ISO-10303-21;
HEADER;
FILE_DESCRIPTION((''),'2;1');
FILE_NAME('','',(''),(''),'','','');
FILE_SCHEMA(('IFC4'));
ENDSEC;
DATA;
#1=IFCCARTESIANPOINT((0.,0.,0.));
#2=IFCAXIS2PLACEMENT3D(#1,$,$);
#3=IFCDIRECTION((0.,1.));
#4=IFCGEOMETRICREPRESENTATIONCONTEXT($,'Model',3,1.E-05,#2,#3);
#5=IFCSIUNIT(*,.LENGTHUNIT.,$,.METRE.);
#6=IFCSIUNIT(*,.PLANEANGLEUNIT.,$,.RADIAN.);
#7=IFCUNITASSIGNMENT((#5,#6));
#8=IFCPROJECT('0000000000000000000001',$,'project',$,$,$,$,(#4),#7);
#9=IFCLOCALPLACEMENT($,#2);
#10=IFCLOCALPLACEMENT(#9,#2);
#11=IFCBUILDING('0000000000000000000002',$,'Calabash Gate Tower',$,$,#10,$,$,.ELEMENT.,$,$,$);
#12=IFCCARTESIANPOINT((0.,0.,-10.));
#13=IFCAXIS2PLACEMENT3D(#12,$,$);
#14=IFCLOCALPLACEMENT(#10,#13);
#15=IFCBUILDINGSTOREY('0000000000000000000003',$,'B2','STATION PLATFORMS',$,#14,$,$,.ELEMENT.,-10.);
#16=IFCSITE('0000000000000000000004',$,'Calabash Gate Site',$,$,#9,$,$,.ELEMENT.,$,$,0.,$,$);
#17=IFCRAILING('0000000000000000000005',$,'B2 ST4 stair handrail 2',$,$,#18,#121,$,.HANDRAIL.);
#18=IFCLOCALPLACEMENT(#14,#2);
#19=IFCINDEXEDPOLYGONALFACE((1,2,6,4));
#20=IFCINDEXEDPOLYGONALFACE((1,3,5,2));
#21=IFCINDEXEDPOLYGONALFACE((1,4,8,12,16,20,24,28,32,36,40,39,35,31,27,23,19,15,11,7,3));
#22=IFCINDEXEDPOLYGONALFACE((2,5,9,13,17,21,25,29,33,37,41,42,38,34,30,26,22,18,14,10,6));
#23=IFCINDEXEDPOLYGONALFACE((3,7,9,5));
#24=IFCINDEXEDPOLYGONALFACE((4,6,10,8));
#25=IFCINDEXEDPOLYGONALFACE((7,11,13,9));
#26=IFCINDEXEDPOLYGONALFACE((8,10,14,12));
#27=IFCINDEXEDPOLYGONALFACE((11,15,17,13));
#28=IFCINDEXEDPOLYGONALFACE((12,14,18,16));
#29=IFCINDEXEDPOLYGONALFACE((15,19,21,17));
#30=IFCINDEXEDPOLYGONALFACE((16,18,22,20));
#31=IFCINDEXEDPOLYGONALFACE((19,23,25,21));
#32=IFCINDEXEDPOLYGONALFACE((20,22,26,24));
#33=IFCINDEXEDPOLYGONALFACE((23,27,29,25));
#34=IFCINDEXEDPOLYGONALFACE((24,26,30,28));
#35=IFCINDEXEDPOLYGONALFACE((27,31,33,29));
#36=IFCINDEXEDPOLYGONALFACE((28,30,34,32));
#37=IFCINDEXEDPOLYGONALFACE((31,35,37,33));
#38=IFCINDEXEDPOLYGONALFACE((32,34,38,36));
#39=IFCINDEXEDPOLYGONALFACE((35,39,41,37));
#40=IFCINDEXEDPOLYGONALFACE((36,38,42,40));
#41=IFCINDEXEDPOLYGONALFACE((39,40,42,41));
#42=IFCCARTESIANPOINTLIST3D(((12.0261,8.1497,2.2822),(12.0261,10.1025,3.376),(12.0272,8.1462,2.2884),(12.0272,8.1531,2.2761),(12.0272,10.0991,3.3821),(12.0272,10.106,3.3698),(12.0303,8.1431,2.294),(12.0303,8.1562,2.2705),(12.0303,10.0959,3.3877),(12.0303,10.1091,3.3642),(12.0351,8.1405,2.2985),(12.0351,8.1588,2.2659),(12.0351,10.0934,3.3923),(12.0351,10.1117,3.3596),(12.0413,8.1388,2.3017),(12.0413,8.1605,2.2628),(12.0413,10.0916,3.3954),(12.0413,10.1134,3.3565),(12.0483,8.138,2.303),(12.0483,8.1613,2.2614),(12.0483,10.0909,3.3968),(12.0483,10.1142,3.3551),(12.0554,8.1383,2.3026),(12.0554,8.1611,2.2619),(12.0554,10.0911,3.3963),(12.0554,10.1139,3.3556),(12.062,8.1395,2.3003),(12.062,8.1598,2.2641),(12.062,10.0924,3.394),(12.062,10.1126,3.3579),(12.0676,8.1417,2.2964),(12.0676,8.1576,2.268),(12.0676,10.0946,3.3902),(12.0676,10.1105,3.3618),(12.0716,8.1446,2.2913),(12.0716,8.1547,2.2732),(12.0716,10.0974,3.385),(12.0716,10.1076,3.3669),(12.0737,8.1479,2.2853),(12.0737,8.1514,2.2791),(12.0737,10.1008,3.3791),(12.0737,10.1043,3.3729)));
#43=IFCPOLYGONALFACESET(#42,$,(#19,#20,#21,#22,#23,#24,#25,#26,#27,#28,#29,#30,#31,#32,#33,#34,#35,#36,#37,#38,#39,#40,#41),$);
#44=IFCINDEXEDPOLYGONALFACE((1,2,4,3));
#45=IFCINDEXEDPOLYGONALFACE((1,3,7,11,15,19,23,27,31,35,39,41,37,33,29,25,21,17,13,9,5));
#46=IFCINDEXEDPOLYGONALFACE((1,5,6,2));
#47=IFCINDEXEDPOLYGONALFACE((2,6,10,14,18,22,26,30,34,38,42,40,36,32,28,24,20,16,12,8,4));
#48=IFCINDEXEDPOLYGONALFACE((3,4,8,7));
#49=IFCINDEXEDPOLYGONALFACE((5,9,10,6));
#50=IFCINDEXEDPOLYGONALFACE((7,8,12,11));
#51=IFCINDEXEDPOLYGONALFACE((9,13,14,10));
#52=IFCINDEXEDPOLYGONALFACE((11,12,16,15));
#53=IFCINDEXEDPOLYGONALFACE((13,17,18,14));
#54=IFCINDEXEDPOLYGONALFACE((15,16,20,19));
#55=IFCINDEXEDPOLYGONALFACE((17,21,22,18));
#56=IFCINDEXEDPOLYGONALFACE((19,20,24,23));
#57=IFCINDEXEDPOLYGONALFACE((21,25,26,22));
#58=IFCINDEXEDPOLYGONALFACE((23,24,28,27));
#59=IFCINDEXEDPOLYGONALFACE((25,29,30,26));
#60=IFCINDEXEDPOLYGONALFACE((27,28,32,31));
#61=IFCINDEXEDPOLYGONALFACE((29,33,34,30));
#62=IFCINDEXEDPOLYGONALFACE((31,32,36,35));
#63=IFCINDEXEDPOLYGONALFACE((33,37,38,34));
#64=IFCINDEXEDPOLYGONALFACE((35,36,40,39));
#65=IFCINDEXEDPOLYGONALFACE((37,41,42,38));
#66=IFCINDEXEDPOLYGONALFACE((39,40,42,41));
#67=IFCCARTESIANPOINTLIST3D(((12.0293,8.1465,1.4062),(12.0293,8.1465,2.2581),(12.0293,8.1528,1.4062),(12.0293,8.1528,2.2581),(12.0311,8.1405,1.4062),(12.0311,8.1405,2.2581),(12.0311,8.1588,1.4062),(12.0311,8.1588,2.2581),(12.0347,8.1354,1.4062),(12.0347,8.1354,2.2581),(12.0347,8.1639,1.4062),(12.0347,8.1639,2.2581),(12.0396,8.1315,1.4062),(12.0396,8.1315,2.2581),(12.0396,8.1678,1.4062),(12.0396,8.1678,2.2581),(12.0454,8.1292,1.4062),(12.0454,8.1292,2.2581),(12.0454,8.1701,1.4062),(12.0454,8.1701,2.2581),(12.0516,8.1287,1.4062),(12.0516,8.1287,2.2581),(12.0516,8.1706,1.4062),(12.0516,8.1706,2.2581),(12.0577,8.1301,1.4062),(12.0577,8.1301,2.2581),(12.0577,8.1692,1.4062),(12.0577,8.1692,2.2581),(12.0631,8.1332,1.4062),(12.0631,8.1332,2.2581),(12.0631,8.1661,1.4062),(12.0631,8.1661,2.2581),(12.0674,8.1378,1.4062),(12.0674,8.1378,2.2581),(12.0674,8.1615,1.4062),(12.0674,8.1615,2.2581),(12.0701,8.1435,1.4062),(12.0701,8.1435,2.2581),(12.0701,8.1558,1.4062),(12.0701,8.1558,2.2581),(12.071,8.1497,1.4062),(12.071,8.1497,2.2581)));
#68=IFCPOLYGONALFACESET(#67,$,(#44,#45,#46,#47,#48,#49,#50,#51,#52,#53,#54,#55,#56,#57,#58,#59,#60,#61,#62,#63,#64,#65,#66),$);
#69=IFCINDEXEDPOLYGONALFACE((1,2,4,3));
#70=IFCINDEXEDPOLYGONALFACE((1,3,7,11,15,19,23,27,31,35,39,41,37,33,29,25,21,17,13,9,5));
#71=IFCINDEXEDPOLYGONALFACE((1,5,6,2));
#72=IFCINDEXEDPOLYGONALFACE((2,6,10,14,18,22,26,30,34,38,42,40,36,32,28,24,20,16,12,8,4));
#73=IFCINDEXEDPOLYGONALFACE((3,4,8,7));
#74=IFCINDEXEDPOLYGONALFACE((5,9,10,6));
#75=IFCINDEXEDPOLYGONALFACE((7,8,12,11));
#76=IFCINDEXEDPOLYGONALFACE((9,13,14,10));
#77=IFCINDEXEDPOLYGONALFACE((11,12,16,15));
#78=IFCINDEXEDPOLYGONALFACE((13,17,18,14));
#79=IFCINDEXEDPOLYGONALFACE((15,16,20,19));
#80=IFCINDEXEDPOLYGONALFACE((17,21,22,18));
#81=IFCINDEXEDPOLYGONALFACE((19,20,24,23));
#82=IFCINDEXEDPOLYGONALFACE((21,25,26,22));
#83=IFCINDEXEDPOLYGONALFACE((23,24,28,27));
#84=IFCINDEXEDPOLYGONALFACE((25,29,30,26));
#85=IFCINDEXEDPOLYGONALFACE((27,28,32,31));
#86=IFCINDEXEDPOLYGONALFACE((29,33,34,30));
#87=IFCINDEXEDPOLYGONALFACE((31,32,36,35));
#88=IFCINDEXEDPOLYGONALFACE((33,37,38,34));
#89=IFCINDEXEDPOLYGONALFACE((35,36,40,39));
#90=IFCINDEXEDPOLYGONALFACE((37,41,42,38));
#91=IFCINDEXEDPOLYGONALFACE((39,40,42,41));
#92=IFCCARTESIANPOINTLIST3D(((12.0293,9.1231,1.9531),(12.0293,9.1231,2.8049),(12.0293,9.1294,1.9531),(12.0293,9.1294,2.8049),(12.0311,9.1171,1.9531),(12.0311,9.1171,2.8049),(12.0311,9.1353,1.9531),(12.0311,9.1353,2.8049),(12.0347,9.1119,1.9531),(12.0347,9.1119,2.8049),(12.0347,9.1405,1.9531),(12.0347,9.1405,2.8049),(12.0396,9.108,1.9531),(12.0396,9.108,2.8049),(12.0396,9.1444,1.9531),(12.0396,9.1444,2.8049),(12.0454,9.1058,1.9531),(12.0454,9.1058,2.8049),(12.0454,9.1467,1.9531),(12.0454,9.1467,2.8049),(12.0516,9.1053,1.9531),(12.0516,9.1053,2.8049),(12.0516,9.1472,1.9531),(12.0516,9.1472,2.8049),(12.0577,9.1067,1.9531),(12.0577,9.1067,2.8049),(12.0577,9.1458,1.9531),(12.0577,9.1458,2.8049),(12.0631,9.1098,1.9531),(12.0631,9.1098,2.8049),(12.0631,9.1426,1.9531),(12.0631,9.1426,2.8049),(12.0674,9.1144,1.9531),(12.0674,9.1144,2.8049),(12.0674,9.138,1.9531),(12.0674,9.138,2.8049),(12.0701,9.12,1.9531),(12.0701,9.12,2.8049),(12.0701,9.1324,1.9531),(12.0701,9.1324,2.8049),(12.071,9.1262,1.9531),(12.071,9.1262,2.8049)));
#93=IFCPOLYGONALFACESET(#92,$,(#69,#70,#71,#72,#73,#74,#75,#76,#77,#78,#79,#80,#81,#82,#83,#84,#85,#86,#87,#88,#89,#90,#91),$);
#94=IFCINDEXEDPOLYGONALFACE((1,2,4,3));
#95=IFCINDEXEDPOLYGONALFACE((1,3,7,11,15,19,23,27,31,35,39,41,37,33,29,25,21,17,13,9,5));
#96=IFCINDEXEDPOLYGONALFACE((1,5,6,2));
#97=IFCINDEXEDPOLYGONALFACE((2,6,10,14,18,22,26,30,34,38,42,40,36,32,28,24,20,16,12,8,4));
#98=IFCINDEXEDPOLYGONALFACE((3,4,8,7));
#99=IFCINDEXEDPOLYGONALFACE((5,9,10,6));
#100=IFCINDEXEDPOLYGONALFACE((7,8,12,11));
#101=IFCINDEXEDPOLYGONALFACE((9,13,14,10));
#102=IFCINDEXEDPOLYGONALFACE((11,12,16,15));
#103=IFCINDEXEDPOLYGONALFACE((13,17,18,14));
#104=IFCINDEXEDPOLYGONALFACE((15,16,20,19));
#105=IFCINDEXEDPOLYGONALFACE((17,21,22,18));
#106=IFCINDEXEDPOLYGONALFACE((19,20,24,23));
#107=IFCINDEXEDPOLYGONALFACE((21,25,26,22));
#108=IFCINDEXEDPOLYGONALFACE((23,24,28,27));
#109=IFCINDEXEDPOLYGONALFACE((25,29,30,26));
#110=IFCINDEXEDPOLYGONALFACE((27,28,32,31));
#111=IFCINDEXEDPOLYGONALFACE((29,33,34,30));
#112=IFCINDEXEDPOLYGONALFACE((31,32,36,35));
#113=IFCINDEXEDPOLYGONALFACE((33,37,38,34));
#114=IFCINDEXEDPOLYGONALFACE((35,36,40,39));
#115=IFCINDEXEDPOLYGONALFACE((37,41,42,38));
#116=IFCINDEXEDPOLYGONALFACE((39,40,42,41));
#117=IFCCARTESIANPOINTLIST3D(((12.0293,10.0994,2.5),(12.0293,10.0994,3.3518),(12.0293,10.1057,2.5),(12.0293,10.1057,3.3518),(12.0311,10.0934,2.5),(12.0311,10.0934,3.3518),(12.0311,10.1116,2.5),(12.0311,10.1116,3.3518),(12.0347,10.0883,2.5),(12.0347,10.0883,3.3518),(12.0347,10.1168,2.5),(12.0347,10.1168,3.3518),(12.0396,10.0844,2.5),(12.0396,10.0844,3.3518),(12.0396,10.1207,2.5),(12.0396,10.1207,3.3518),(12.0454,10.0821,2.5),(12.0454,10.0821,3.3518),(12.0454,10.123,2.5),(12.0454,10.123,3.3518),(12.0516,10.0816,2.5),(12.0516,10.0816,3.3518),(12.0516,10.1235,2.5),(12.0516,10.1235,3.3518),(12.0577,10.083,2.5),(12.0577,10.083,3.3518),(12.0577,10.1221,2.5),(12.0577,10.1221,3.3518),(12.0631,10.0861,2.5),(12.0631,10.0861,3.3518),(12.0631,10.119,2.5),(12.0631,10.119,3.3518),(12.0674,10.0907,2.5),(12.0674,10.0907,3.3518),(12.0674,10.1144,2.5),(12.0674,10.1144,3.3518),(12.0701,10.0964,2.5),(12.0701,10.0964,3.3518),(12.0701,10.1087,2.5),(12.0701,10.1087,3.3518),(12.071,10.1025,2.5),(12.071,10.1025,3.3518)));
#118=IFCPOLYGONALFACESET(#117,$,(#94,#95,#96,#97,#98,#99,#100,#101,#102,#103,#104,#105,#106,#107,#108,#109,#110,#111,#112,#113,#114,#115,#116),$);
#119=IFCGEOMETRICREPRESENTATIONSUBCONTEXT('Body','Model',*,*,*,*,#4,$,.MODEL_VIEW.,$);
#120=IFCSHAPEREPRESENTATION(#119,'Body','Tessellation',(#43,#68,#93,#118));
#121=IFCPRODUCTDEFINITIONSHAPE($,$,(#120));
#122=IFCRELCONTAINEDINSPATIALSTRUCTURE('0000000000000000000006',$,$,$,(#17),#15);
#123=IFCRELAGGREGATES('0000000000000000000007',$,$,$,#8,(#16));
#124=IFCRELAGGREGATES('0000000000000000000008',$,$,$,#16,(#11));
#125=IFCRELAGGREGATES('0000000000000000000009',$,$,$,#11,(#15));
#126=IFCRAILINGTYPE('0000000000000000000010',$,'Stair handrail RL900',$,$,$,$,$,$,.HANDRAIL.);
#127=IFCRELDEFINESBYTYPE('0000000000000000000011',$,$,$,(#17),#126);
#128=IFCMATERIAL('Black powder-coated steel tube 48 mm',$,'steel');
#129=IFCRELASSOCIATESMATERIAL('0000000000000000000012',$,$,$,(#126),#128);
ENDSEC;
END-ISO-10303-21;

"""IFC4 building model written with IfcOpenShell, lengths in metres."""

from ifc_helpers import new_model, si_unit, direction, frame, origin, origin_2d, place, context, subcontext, project, spatial, circle, extrude, material, type_object, element, save


model = new_model("IFC4")

# Units and contexts
model_context = context("Model", 3, precision=1e-05, world=origin(), true_north=direction((0.0, 1.0)))
body_context = subcontext(model_context, "Body", "Model", "MODEL_VIEW")
ifc_project = project(units=[si_unit("LENGTHUNIT", "METRE"), si_unit("PLANEANGLEUNIT", "RADIAN")], contexts=[model_context])

# Site, building, storey
site_placement = place(None, origin())
site = spatial("IfcSite", under=ifc_project, at=site_placement, Name="Calabash Gate Site", CompositionType="ELEMENT", RefElevation=0.0)
building_placement = place(site_placement, origin())
building = spatial("IfcBuilding", under=site, at=building_placement, Name="Calabash Gate Tower", CompositionType="ELEMENT")
storey_placement = place(building_placement, frame((0.0, 0.0, -10.0)))
storey = spatial("IfcBuildingStorey", under=building, at=storey_placement, Name="B2", Description="STATION PLATFORMS", CompositionType="ELEMENT", Elevation=-10.0)

# Railing
ifc_material_1 = material(Name="Black powder-coated steel tube 48 mm", Category="steel")
railing_type_1 = type_object("IfcRailingType", Name="Stair handrail RL900", PredefinedType="HANDRAIL", material=ifc_material_1)
railing_1_placement = place(storey_placement, frame((12.05, 8.1497, 1.4062)))
element("IfcRailing", 1, at=railing_1_placement, inside=storey, type_object=railing_type_1, Name="B2 ST4 stair handrail 2", PredefinedType="HANDRAIL", context=body_context, shape_type="SweptSolid", body=[
    extrude(circle(Radius=0.0239, at=origin_2d()), frame((0.0, 0.0, 0.876), z_axis=(0.0, 0.87248, 0.48865), x_axis=(-1.0, 0.0, 0.0)), (0.0, 0.0, 1.0), 2.2383),
    extrude(circle(Radius=0.021, at=origin_2d()), origin(), (0.0, 0.0, 1.0), 0.8518),
    extrude(circle(Radius=0.021, at=origin_2d()), frame((0.0, 0.9766, 0.5469)), (0.0, 0.0, 1.0), 0.8518),
    extrude(circle(Radius=0.021, at=origin_2d()), frame((0.0, 1.9529, 1.0938)), (0.0, 0.0, 1.0), 0.8518),
])

save(model, "model.ifc")
